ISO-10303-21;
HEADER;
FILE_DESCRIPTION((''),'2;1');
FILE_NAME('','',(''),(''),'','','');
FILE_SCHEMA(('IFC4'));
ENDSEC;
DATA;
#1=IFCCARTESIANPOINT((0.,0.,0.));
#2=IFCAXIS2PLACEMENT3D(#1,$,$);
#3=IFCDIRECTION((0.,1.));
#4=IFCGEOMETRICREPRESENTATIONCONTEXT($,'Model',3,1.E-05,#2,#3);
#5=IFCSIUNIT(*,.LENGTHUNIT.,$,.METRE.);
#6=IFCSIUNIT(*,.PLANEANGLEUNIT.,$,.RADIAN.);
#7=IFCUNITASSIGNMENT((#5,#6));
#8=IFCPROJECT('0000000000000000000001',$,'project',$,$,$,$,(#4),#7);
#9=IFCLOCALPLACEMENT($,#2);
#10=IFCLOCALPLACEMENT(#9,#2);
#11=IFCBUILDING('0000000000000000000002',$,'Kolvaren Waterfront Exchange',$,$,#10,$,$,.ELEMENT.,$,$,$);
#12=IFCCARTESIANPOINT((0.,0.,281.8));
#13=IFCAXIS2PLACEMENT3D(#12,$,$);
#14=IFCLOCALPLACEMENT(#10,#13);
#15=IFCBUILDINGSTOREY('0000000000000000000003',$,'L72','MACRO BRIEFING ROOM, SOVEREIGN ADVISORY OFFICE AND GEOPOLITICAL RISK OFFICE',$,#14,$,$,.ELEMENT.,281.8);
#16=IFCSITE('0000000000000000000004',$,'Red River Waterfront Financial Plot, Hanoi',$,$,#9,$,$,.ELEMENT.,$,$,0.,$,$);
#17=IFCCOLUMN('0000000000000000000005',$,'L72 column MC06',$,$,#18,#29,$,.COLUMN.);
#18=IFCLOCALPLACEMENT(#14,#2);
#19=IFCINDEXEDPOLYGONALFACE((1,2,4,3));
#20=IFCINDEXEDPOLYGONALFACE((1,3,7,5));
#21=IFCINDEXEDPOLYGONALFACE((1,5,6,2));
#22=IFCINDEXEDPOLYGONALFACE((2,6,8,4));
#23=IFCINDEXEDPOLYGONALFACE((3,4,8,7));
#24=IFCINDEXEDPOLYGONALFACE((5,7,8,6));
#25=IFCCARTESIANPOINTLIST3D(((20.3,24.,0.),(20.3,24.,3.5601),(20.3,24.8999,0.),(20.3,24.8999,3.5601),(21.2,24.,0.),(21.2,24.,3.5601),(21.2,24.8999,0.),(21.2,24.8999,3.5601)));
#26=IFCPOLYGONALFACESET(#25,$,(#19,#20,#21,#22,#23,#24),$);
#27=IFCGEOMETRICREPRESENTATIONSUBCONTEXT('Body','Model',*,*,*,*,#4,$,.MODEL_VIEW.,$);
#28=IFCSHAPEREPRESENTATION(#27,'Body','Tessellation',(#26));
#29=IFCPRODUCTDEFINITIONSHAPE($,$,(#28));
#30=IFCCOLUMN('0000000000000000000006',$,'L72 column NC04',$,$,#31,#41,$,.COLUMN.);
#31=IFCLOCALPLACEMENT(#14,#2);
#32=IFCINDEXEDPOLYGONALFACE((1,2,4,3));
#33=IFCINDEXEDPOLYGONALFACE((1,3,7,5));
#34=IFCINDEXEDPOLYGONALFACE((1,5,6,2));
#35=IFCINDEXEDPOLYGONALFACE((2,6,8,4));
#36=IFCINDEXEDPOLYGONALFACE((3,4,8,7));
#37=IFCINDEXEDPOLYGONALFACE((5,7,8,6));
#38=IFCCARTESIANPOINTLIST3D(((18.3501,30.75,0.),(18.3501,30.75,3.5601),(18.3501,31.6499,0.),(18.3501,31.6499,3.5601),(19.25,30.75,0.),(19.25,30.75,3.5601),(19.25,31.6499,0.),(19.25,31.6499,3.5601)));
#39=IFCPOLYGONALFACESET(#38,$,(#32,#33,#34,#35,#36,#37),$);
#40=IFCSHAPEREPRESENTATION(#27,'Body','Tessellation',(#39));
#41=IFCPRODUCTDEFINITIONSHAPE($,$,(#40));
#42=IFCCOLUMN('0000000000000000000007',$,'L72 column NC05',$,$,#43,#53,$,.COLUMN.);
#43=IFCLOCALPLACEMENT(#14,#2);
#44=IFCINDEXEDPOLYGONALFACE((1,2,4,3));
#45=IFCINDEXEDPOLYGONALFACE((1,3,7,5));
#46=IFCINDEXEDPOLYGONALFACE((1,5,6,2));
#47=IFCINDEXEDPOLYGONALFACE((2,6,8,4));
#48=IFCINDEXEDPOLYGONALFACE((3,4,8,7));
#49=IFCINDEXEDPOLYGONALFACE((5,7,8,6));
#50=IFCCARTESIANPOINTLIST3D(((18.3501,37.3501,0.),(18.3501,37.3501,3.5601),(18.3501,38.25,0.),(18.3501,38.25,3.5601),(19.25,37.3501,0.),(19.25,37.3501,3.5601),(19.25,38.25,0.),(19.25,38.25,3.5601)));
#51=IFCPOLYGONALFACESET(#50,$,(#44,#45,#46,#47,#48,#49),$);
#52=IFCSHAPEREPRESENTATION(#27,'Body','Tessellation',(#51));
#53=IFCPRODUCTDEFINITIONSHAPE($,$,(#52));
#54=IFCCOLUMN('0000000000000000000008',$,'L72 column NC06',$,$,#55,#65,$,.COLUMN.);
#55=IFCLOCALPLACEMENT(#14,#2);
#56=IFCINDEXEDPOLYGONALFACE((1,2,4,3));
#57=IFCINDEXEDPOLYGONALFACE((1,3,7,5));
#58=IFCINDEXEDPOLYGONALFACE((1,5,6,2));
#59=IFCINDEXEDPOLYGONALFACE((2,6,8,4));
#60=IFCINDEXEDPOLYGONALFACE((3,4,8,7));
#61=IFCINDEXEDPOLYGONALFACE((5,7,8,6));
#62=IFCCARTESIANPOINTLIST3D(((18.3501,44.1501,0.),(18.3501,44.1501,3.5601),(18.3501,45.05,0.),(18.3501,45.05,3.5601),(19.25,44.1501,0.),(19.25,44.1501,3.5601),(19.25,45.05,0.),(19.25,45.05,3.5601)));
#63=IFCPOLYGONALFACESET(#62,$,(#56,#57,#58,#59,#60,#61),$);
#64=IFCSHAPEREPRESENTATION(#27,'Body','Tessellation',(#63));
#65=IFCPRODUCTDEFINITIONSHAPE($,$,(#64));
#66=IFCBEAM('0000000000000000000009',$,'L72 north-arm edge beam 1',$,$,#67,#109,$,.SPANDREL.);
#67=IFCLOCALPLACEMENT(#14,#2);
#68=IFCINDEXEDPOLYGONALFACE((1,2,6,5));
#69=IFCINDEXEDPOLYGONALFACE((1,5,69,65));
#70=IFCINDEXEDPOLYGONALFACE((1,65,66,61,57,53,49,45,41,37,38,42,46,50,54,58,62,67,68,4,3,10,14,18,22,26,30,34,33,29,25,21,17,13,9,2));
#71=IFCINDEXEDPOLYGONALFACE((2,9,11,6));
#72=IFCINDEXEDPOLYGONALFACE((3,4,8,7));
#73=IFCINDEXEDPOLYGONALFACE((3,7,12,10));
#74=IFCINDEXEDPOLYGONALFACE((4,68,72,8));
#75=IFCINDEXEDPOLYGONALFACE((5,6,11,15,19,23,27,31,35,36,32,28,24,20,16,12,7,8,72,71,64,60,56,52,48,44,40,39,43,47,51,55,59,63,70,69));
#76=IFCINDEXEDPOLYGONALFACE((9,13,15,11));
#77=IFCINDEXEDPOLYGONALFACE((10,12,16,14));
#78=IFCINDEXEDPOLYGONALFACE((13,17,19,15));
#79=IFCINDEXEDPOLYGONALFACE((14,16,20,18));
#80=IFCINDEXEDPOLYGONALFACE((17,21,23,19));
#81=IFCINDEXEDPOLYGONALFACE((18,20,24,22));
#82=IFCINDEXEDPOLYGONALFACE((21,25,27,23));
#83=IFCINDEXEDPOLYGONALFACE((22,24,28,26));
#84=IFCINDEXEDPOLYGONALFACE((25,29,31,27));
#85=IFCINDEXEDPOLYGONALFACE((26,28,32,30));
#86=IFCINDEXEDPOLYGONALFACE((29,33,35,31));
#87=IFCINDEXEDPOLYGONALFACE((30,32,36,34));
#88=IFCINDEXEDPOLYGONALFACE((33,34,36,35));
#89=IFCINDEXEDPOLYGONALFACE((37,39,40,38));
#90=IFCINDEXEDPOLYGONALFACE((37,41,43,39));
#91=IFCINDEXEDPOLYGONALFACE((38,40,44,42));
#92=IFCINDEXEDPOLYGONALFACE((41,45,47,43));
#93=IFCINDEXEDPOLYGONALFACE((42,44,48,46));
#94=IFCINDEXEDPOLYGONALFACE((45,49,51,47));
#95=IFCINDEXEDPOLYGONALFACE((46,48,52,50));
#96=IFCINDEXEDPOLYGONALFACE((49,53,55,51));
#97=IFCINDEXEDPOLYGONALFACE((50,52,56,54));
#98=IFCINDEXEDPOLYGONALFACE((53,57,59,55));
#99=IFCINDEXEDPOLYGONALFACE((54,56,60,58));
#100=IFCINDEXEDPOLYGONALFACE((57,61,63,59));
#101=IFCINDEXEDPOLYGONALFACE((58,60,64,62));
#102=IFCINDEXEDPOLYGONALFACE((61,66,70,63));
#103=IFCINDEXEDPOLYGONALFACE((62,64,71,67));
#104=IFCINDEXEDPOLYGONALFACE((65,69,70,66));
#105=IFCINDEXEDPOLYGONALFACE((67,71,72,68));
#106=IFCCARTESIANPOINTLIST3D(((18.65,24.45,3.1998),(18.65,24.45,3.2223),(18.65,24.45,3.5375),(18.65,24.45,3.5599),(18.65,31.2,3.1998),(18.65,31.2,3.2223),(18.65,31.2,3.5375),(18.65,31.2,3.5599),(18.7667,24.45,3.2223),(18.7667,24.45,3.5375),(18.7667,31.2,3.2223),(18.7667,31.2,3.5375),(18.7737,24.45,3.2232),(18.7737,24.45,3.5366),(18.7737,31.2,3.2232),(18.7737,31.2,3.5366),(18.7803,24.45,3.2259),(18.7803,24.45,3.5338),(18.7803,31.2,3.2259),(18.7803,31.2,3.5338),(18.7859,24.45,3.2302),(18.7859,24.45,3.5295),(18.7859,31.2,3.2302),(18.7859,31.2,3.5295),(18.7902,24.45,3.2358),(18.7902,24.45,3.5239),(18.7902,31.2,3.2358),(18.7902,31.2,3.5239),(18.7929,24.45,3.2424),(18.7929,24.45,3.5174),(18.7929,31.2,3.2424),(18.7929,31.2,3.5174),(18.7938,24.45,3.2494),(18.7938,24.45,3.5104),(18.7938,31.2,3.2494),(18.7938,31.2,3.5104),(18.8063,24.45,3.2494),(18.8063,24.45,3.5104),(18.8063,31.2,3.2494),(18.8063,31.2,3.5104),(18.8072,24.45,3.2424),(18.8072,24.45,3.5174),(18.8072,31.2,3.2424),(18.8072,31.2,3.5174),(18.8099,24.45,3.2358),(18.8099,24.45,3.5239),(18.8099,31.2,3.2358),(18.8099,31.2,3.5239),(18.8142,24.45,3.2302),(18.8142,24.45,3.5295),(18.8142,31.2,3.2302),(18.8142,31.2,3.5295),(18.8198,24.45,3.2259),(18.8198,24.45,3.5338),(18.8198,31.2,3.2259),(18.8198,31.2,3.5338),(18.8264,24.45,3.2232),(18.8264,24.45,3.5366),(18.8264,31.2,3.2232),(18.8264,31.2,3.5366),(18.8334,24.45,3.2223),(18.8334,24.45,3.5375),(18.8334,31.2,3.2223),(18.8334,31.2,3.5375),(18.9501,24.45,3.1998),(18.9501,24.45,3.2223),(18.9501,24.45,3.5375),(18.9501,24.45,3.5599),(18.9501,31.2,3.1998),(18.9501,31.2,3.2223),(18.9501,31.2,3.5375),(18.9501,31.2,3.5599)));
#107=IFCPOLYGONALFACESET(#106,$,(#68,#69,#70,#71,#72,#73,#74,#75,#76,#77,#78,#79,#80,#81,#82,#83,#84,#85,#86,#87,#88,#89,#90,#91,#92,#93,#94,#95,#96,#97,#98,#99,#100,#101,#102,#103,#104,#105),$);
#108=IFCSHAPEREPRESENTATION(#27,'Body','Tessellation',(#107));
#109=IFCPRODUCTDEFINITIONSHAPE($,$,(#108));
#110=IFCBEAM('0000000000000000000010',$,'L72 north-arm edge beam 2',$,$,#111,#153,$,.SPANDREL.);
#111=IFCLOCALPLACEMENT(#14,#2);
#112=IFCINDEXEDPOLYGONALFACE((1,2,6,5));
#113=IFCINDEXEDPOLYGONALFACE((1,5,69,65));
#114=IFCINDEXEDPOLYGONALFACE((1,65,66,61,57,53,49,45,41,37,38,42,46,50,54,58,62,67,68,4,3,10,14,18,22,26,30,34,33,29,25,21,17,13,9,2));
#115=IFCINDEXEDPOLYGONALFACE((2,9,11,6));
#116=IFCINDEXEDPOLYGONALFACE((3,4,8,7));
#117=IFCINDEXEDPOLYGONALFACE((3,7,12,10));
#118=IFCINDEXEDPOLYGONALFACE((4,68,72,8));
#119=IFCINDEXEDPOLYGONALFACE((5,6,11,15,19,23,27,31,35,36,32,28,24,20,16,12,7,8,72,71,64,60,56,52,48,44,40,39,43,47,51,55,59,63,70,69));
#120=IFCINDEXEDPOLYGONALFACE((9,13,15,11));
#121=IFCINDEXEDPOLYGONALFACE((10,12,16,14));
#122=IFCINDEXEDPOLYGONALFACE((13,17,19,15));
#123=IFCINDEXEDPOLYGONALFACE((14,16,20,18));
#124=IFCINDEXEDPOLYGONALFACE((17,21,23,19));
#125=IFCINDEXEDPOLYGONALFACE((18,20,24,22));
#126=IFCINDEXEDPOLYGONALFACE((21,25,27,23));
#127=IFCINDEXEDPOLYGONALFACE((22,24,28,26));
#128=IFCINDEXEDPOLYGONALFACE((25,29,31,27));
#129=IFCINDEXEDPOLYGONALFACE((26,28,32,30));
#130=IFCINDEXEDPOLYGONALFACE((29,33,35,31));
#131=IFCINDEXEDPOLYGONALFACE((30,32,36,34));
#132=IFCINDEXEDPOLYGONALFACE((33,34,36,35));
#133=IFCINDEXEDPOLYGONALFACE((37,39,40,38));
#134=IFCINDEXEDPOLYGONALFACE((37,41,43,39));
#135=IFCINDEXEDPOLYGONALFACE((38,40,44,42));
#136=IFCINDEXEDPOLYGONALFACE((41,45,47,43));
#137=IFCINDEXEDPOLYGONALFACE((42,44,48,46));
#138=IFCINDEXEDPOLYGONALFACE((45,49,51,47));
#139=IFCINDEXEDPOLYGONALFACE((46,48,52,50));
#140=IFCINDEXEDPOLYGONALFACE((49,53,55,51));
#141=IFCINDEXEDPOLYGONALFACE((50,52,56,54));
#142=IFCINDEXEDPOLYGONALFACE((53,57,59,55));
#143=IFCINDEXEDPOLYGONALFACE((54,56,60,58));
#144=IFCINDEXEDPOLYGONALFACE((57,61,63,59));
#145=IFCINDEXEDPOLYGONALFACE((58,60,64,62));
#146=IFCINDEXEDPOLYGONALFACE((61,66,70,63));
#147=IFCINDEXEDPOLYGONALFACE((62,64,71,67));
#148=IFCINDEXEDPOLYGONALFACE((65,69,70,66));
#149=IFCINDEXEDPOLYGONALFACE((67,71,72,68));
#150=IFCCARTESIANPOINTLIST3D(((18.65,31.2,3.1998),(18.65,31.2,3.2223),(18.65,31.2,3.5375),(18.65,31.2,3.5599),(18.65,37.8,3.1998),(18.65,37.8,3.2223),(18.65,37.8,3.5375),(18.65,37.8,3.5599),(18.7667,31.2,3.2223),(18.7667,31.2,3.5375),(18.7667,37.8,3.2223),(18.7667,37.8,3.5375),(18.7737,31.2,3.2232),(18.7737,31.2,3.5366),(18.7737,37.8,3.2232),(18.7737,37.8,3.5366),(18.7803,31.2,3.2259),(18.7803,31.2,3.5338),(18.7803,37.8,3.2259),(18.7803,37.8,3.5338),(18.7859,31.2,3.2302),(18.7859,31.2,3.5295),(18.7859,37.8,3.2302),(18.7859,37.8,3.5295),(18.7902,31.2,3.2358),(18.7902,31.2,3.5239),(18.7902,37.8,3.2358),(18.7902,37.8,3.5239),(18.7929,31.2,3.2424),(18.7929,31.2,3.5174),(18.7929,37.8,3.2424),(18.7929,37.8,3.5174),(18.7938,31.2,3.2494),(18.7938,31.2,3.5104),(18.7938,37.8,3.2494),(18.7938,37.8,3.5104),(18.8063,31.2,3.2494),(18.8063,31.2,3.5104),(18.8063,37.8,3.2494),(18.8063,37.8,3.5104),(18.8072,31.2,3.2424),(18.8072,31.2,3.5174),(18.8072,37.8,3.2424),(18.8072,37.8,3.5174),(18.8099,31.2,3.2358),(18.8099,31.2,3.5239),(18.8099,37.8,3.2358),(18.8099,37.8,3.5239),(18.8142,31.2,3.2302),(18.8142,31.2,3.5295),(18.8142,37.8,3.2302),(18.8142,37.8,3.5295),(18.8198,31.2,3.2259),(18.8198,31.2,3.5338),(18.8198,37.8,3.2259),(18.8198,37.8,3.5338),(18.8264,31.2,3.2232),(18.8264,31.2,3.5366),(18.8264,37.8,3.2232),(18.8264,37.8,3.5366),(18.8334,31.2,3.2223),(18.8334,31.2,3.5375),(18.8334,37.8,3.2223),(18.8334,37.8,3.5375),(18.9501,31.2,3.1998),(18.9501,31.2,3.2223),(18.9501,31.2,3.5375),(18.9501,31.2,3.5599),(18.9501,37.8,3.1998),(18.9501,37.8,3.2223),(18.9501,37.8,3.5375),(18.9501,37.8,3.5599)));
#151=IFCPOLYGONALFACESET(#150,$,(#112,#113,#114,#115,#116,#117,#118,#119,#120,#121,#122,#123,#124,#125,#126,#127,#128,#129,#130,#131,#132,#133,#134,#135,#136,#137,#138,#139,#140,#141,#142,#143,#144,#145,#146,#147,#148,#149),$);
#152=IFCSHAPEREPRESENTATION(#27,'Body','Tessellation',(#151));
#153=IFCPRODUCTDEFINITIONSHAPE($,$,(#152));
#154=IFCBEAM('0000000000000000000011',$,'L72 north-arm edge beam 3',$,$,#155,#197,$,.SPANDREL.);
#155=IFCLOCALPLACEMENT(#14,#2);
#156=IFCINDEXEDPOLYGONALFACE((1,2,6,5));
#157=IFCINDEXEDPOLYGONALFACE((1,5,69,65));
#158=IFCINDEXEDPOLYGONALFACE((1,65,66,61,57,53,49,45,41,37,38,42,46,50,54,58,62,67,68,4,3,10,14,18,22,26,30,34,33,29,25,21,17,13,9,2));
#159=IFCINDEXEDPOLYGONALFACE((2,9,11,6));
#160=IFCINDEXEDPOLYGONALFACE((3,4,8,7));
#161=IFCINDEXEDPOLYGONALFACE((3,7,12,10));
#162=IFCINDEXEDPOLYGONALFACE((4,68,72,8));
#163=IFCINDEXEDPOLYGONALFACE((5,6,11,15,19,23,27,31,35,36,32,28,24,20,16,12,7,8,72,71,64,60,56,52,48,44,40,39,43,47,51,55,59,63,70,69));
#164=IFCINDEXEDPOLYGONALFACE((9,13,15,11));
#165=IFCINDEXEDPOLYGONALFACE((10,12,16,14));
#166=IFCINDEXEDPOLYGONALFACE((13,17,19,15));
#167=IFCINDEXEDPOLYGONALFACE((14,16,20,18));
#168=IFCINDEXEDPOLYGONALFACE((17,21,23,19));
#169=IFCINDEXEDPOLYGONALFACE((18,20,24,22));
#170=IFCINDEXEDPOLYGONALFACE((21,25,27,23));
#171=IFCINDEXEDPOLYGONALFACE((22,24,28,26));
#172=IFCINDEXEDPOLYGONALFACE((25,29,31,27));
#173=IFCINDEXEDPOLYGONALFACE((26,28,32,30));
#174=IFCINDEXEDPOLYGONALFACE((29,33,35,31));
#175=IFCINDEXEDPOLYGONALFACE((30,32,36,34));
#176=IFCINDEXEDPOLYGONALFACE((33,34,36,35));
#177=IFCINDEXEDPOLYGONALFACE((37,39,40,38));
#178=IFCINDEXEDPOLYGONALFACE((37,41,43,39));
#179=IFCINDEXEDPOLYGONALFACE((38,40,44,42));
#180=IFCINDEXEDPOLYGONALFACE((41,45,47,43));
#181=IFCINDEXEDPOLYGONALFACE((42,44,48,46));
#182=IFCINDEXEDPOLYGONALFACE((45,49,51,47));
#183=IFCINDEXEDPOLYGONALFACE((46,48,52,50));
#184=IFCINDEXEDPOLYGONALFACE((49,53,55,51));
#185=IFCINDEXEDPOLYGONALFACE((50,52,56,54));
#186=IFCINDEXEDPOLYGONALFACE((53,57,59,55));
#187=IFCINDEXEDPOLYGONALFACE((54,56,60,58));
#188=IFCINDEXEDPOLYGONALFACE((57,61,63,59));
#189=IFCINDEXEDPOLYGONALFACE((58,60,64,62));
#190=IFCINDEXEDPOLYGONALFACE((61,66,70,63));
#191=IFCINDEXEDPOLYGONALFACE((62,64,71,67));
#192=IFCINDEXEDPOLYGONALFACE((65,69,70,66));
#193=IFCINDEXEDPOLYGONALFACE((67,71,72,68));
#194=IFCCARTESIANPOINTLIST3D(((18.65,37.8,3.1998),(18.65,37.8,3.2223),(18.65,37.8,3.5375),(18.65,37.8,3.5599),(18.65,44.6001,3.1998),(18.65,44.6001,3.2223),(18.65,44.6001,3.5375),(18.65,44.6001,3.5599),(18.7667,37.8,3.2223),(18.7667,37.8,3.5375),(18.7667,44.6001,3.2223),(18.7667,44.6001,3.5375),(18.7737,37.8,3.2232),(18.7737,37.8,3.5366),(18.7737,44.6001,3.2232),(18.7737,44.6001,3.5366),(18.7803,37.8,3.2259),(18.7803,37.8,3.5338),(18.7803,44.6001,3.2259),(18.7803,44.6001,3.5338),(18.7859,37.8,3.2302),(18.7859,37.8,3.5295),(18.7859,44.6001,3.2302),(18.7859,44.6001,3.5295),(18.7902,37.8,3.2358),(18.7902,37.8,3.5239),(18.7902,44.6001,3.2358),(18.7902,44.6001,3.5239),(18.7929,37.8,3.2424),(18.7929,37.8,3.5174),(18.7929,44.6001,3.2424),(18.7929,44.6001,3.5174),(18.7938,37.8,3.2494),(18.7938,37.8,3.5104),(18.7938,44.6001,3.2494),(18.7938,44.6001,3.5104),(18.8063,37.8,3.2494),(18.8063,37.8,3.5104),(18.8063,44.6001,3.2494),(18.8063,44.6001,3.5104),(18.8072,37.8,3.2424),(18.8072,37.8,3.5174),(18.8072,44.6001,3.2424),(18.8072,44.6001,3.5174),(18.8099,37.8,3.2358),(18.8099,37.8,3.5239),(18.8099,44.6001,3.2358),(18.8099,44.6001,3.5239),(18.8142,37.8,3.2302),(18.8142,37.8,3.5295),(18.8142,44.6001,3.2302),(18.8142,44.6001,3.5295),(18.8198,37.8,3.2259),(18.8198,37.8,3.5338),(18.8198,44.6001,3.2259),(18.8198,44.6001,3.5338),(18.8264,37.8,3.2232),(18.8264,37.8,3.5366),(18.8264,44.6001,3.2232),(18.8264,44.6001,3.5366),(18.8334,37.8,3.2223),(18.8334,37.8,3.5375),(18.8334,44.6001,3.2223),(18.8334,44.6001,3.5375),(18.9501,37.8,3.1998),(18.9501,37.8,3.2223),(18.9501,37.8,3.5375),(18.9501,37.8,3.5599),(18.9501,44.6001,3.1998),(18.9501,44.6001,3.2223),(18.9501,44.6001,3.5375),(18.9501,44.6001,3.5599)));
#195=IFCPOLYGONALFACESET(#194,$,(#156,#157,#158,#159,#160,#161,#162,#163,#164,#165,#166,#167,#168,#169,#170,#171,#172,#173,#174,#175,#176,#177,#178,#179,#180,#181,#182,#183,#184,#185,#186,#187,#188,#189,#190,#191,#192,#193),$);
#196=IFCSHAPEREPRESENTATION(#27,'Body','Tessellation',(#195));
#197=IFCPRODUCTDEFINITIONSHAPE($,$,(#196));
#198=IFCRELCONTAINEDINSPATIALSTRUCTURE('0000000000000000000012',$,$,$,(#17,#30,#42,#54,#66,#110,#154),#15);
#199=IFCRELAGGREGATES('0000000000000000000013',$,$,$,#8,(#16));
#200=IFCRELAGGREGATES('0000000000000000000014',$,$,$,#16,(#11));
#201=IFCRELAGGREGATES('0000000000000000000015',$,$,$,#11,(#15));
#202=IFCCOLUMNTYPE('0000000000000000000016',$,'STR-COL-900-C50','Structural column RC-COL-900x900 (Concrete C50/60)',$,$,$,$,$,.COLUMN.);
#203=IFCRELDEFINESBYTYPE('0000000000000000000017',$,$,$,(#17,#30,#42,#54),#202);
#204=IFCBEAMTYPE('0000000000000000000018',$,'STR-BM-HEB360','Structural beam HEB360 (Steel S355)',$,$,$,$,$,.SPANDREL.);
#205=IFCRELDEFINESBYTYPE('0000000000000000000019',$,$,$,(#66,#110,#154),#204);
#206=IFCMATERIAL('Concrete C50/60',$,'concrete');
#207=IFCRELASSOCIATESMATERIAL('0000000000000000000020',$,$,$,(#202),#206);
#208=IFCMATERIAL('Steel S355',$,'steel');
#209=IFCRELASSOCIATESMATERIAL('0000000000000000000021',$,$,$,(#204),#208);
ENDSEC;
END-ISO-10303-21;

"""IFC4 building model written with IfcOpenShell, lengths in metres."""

from ifc_helpers import new_model, si_unit, direction, frame, origin, origin_2d, place, context, subcontext, project, spatial, rectangle, i_section, extrude, material, material_profile, profile_set, type_object, element, save


model = new_model("IFC4")

# Units and contexts
model_context = context("Model", 3, precision=1e-05, world=origin(), true_north=direction((0.0, 1.0)))
body_context = subcontext(model_context, "Body", "Model", "MODEL_VIEW")
ifc_project = project(units=[si_unit("LENGTHUNIT", "METRE"), si_unit("PLANEANGLEUNIT", "RADIAN")], contexts=[model_context])

# Site, building, storey
site_placement = place(None, origin())
site = spatial("IfcSite", under=ifc_project, at=site_placement, Name="Red River Waterfront Financial Plot, Hanoi", CompositionType="ELEMENT", RefElevation=0.0)
building_placement = place(site_placement, origin())
building = spatial("IfcBuilding", under=site, at=building_placement, Name="Kolvaren Waterfront Exchange", CompositionType="ELEMENT")
storey_placement = place(building_placement, frame((0.0, 0.0, 281.8)))
storey = spatial("IfcBuildingStorey", under=building, at=storey_placement, Name="L72", Description="MACRO BRIEFING ROOM, SOVEREIGN ADVISORY OFFICE AND GEOPOLITICAL RISK OFFICE", CompositionType="ELEMENT", Elevation=281.8)

# Columns
ifc_material_1 = material(Name="Concrete C50/60", Category="concrete")
ifc_material_profile_1 = material_profile(ifc_material_1, rectangle(XDim=0.8999, YDim=0.8999, at=origin_2d()), Name="RC-COL-900x900")
ifc_profile_set_1 = profile_set([ifc_material_profile_1], Name="Concrete C50/60")
column_type = type_object("IfcColumnType", Name="STR-COL-900-C50", Description="Structural column RC-COL-900x900 (Concrete C50/60)", PredefinedType="COLUMN", material=ifc_profile_set_1)
for number, where, z_axis, x_axis, name in (
    (1, (20.75, 24.45, 0.0), (0.0, 0.0, 1.0), (1.0, 0.0, 0.0), "L72 column MC06"),
    (2, (18.8, 31.2, 0.0), (0.0, 0.0, 1.0), (1.0, 0.0, 0.0), "L72 column NC04"),
    (3, (18.8, 37.8, 0.0), (0.0, 0.0, 1.0), (1.0, 0.0, 0.0), "L72 column NC05"),
    (4, (18.8, 44.6001, 0.0), (0.0, 0.0, 1.0), (1.0, 0.0, 0.0), "L72 column NC06"),
):
    element("IfcColumn", number, at=place(storey_placement, frame(where, z_axis=z_axis, x_axis=x_axis)), inside=storey, type_object=column_type, Name=name, PredefinedType="COLUMN", context=body_context, shape_type="SweptSolid", body=[
        extrude(rectangle(XDim=0.8999, YDim=0.8999, at=origin_2d()), origin(), (0.0, 0.0, 1.0), 3.5601),
    ])

# Beams
ifc_material_2 = material(Name="Steel S355", Category="steel")
ifc_material_profile_2 = material_profile(ifc_material_2, i_section(OverallWidth=0.3, OverallDepth=0.3601, WebThickness=0.0125, FlangeThickness=0.0225, FilletRadius=0.0271, at=origin_2d()), Name="HEB360")
ifc_profile_set_2 = profile_set([ifc_material_profile_2], Name="Steel S355")
beam_type = type_object("IfcBeamType", Name="STR-BM-HEB360", Description="Structural beam HEB360 (Steel S355)", PredefinedType="SPANDREL", material=ifc_profile_set_2)
beam_1_placement = place(storey_placement, frame((18.8, 24.45, 3.3799), z_axis=(0.0, 1.0, 0.0), x_axis=(-1.0, 0.0, 0.0)))
element("IfcBeam", 5, at=beam_1_placement, inside=storey, type_object=beam_type, Name="L72 north-arm edge beam 1", PredefinedType="SPANDREL", context=body_context, shape_type="SweptSolid", body=[
    extrude(i_section(OverallWidth=0.3, OverallDepth=0.3601, WebThickness=0.0125, FlangeThickness=0.0225, FilletRadius=0.0271, at=origin_2d()), origin(), (0.0, 0.0, 1.0), 6.75),
])
beam_2_placement = place(storey_placement, frame((18.8, 31.2, 3.3799), z_axis=(0.0, 1.0, 0.0), x_axis=(-1.0, 0.0, 0.0)))
element("IfcBeam", 6, at=beam_2_placement, inside=storey, type_object=beam_type, Name="L72 north-arm edge beam 2", PredefinedType="SPANDREL", context=body_context, shape_type="SweptSolid", body=[
    extrude(i_section(OverallWidth=0.3, OverallDepth=0.3601, WebThickness=0.0125, FlangeThickness=0.0225, FilletRadius=0.0271, at=origin_2d()), origin(), (0.0, 0.0, 1.0), 6.6001),
])
beam_3_placement = place(storey_placement, frame((18.8, 37.8, 3.3799), z_axis=(0.0, 1.0, 0.0), x_axis=(-1.0, 0.0, 0.0)))
element("IfcBeam", 7, at=beam_3_placement, inside=storey, type_object=beam_type, Name="L72 north-arm edge beam 3", PredefinedType="SPANDREL", context=body_context, shape_type="SweptSolid", body=[
    extrude(i_section(OverallWidth=0.3, OverallDepth=0.3601, WebThickness=0.0125, FlangeThickness=0.0225, FilletRadius=0.0271, at=origin_2d()), origin(), (0.0, 0.0, 1.0), 6.8),
])

save(model, "model.ifc")
